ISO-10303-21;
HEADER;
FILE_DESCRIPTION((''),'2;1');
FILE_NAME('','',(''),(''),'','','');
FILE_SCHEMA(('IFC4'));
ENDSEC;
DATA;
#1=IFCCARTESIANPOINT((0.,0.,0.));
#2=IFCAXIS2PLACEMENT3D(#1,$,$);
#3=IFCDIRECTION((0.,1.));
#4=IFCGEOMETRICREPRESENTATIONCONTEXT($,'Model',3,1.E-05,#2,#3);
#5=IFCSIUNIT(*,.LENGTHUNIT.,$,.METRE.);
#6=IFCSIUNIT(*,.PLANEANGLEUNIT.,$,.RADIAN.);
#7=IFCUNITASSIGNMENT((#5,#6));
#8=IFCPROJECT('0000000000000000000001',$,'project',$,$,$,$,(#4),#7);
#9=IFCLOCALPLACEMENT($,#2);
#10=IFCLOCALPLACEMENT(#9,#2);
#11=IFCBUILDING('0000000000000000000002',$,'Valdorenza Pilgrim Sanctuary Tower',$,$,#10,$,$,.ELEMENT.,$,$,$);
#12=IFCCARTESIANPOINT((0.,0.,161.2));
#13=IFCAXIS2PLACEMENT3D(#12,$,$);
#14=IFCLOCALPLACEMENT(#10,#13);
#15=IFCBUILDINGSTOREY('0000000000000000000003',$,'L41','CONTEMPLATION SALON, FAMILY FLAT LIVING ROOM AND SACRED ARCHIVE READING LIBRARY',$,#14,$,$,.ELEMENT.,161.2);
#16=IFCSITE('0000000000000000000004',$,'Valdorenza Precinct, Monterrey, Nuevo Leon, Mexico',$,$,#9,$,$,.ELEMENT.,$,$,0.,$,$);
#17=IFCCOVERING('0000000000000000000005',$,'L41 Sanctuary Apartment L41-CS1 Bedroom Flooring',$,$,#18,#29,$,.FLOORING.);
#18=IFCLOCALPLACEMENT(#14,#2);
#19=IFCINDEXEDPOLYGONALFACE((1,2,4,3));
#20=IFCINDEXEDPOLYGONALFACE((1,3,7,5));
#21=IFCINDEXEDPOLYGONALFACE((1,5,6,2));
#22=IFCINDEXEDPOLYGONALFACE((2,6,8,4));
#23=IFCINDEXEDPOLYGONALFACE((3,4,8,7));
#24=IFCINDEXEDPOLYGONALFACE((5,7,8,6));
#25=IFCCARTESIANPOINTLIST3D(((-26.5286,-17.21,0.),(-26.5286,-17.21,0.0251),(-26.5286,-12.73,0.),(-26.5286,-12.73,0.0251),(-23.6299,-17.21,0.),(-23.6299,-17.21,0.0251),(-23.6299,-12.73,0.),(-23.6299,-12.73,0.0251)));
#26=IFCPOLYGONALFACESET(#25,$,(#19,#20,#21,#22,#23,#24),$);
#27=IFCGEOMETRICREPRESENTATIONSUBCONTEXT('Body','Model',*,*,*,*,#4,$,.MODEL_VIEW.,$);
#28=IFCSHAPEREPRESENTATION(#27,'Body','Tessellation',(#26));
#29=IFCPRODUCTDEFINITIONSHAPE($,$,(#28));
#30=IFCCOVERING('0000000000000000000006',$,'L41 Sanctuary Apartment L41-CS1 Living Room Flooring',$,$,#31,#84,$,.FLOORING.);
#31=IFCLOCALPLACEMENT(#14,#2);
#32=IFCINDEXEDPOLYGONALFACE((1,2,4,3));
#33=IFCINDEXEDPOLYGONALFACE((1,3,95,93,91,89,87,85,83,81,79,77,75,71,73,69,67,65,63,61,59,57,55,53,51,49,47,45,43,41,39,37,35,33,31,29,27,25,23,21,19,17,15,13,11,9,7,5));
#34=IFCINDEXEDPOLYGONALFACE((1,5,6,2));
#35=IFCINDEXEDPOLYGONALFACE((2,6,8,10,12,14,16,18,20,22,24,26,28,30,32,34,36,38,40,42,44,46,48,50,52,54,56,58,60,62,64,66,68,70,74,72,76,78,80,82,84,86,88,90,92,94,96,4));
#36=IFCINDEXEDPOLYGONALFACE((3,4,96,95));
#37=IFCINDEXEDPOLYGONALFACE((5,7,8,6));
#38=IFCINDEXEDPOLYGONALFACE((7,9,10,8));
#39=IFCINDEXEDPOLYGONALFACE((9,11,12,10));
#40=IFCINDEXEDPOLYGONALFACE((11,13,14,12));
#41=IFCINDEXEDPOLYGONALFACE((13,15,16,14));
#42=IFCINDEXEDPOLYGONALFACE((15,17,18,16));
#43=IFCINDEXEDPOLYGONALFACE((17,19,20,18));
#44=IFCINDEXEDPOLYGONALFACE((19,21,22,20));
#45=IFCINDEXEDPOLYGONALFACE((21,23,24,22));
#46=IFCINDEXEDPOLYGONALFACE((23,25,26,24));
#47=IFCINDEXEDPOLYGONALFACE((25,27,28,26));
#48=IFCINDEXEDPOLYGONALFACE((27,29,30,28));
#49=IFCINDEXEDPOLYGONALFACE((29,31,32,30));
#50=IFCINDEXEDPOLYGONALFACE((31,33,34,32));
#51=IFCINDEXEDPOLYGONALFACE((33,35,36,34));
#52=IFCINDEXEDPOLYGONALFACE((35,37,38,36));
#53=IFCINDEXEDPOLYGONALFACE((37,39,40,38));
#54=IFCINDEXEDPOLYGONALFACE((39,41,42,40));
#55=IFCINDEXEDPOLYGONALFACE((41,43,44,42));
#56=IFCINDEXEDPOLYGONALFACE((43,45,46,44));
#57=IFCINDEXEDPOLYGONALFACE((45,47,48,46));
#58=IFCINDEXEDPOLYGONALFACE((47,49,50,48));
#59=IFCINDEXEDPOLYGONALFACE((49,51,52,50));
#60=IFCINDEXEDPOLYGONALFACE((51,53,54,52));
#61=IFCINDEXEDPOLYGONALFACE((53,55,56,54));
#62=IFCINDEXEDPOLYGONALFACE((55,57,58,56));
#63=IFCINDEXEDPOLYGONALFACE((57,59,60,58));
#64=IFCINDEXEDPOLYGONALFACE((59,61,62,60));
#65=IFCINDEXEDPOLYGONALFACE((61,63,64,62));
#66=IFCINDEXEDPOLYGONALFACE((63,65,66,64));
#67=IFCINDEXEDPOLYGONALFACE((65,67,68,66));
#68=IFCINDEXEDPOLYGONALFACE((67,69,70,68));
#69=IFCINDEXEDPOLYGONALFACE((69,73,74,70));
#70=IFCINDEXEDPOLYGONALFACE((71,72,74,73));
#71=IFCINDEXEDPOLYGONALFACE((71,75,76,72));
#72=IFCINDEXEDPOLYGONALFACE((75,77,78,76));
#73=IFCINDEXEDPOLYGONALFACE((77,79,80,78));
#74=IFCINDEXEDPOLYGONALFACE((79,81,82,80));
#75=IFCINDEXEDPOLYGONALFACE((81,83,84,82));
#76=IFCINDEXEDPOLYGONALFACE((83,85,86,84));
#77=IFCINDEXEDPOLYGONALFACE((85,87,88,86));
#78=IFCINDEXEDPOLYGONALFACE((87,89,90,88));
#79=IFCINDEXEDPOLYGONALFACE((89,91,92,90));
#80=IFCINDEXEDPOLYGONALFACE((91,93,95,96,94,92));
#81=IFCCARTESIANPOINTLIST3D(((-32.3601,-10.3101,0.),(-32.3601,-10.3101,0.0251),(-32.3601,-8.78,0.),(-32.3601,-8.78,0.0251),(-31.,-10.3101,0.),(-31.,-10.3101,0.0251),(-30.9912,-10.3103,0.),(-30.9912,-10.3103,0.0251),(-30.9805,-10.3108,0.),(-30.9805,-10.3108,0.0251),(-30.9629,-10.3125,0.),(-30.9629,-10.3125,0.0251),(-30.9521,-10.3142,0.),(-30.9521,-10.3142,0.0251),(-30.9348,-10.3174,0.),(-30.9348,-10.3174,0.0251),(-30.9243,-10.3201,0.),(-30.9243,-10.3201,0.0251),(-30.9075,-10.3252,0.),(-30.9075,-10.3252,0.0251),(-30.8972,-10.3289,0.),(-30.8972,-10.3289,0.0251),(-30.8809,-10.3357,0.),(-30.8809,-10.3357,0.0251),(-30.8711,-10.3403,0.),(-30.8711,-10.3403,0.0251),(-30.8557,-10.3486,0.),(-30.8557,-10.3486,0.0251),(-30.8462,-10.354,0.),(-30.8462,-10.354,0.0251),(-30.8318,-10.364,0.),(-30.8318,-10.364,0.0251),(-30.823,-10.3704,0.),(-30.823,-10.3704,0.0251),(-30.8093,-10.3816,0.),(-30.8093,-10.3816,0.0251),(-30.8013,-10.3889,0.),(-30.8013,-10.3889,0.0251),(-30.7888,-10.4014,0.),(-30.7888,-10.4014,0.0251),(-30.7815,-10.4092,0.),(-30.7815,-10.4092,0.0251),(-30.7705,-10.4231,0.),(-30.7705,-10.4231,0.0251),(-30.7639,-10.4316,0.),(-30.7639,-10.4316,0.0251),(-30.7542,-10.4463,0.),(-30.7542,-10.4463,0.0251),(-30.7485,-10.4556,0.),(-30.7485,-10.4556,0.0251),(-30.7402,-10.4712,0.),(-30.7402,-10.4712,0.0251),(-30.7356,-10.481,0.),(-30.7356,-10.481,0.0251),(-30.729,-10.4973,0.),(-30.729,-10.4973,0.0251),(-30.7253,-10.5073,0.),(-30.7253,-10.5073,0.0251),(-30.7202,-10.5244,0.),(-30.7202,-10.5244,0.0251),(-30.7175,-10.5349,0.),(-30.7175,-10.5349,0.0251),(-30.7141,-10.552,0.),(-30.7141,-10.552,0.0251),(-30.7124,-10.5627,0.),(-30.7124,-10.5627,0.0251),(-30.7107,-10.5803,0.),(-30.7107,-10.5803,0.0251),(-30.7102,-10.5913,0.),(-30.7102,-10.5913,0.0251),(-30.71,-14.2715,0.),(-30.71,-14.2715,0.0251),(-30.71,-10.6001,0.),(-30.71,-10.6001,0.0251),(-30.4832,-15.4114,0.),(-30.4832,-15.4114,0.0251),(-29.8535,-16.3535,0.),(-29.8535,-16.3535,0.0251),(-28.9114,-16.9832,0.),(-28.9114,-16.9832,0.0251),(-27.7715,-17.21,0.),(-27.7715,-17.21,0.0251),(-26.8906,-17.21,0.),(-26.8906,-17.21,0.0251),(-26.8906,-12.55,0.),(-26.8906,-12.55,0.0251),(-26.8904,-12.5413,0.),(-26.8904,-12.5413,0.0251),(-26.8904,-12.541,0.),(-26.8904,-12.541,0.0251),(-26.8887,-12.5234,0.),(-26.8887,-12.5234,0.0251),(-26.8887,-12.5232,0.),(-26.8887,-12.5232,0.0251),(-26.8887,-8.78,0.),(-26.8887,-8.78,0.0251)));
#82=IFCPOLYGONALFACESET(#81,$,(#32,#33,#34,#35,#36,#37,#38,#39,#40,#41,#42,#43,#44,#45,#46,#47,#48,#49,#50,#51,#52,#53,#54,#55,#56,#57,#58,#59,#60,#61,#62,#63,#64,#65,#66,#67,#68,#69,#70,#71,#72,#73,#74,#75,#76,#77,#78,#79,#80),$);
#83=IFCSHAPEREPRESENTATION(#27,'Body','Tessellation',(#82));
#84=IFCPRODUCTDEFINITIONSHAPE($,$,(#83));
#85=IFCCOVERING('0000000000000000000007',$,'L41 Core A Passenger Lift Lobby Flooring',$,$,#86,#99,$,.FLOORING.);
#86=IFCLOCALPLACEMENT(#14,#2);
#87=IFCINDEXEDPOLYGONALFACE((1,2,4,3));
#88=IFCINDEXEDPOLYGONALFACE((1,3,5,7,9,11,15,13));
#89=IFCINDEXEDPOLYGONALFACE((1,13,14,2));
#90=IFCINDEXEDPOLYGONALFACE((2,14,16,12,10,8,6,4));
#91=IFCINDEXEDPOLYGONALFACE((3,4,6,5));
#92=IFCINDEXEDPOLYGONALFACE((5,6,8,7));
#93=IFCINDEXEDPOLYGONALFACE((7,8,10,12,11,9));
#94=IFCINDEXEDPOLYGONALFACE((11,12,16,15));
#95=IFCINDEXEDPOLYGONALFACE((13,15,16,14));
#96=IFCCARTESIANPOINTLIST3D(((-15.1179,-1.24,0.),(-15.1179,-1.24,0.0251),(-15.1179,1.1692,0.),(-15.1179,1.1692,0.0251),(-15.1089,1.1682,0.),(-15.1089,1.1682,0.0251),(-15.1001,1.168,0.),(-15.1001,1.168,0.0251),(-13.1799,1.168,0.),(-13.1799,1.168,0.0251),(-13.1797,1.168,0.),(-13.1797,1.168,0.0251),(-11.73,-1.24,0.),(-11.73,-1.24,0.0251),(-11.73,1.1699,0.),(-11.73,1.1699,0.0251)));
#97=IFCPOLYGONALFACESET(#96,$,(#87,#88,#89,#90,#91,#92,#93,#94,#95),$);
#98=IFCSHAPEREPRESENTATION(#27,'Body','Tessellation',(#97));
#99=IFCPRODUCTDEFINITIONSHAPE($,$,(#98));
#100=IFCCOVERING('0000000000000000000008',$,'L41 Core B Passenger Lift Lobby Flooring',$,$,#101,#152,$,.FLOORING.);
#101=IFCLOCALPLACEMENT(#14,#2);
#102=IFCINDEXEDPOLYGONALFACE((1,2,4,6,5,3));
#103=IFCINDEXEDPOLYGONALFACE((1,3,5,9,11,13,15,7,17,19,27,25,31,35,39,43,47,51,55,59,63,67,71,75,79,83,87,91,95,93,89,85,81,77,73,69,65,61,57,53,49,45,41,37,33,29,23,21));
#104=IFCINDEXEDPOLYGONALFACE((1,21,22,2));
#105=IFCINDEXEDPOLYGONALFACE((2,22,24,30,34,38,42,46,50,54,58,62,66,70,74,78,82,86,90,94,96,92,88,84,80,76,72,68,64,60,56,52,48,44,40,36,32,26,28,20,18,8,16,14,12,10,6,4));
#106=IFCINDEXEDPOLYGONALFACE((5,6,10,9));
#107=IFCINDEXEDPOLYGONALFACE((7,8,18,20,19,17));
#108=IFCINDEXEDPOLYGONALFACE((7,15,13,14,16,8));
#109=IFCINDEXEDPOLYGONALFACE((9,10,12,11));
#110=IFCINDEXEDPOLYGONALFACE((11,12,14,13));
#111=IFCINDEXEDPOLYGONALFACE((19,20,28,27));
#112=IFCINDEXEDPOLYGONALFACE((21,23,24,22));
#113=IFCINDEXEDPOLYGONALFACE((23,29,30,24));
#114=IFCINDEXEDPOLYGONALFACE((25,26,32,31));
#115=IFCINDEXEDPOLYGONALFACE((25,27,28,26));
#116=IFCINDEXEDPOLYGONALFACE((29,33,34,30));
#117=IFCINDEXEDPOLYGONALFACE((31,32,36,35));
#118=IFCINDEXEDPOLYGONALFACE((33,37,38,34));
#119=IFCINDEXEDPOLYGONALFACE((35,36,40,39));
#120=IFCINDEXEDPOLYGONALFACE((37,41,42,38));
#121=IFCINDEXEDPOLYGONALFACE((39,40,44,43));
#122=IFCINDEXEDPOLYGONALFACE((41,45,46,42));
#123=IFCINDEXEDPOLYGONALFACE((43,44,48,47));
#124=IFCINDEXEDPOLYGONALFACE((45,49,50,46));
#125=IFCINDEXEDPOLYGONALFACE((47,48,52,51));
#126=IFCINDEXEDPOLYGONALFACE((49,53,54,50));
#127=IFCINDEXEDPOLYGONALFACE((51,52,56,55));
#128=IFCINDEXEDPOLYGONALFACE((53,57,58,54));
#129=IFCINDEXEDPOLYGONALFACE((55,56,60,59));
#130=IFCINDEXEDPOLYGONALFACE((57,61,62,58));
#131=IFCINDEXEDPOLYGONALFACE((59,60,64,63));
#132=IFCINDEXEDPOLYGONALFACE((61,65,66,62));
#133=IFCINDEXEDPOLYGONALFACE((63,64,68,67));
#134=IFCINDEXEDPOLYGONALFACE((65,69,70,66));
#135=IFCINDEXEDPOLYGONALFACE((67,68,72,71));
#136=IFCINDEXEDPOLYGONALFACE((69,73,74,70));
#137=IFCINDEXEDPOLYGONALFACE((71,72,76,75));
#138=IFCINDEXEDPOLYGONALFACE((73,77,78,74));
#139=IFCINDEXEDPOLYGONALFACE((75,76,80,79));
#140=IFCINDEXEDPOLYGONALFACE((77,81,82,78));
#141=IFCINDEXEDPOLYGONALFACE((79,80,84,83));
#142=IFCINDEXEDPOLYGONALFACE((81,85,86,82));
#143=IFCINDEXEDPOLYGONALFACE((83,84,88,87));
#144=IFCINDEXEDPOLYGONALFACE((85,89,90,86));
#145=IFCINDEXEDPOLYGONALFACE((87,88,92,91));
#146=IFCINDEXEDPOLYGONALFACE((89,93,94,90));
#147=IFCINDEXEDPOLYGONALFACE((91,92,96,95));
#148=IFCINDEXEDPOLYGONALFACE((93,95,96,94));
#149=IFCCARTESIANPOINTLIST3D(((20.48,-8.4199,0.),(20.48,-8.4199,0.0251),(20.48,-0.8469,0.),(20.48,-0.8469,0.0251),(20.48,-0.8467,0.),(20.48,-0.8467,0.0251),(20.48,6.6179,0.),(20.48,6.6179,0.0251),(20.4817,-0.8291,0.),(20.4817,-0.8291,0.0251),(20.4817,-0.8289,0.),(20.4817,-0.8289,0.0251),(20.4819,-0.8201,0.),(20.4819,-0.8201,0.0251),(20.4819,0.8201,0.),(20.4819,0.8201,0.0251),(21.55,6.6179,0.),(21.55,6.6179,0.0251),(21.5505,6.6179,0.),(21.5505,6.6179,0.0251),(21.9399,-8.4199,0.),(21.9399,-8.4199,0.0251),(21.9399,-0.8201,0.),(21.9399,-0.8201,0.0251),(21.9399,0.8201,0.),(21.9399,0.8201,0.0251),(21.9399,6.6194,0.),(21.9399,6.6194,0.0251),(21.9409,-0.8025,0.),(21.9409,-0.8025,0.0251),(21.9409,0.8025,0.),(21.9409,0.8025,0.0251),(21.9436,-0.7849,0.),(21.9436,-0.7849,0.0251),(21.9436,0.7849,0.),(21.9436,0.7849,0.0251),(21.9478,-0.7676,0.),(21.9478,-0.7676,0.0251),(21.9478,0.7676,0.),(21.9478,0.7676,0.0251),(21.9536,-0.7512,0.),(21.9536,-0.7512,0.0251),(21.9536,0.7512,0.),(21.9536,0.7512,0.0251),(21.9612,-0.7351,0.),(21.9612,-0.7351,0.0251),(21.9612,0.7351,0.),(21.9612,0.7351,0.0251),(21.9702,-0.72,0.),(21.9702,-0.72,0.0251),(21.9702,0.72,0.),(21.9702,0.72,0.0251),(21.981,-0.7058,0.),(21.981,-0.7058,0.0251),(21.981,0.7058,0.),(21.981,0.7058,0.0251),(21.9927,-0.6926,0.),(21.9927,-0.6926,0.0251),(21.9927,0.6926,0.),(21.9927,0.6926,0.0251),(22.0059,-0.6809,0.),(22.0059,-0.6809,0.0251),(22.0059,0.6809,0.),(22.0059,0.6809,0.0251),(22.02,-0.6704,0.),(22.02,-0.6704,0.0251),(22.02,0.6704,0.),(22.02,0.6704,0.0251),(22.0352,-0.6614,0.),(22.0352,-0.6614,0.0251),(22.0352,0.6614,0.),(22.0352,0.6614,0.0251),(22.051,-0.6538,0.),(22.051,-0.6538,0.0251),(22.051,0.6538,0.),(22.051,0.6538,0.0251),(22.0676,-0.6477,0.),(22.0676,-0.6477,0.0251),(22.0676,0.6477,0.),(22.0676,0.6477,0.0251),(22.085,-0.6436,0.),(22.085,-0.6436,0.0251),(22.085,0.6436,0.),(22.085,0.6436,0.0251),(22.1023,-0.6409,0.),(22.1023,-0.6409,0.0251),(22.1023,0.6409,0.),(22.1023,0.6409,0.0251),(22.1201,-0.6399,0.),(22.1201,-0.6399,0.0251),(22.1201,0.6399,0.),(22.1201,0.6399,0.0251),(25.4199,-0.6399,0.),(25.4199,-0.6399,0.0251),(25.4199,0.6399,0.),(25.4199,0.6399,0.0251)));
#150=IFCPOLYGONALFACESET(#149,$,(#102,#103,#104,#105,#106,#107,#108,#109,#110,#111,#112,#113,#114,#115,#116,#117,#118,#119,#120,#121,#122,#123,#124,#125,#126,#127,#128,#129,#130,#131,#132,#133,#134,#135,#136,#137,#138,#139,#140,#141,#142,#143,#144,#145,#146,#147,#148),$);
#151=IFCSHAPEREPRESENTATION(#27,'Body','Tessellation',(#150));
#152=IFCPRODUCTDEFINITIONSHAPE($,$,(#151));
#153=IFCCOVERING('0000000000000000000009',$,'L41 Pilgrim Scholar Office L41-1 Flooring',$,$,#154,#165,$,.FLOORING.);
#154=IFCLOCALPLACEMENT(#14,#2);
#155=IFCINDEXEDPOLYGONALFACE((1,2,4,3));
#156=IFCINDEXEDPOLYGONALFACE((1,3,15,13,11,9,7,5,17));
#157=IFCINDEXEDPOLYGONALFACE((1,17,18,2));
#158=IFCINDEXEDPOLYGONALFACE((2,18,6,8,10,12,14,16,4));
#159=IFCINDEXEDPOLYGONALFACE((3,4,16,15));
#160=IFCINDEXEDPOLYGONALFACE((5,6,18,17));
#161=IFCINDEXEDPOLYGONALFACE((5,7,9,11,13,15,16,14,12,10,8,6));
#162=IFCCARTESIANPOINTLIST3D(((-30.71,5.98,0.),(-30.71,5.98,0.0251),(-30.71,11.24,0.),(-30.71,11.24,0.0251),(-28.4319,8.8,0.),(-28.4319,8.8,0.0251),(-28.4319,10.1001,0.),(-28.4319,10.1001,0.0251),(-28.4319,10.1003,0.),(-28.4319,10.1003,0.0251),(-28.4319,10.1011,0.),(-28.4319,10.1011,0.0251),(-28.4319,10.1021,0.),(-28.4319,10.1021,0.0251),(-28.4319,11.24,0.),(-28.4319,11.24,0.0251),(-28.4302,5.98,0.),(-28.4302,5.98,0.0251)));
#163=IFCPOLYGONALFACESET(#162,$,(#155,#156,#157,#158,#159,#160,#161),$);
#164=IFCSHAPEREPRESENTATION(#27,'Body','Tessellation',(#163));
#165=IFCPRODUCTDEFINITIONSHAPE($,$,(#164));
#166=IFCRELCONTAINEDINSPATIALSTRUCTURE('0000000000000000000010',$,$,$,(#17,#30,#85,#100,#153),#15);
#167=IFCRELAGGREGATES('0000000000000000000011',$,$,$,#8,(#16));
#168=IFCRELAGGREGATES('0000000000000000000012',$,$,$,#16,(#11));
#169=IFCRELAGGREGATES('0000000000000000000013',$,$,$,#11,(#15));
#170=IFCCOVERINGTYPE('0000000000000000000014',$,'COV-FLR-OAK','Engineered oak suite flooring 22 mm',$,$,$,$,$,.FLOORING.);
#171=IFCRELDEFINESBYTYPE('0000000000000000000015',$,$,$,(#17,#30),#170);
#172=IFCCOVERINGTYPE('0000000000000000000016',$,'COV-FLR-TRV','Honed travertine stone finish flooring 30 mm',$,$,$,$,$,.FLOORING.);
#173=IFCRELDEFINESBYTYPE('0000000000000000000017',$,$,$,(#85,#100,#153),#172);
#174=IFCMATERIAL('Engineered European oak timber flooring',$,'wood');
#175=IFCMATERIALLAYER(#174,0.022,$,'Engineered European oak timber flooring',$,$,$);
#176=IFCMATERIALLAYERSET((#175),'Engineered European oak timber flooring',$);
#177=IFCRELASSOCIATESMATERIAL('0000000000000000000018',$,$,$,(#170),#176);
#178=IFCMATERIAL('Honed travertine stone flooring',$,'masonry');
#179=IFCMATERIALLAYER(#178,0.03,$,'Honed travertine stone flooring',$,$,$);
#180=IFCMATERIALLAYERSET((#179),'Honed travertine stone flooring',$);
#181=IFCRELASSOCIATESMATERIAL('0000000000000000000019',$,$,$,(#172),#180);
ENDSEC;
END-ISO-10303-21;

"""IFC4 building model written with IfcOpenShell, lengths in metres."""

from ifc_helpers import new_model, si_unit, direction, frame, origin, place, context, subcontext, project, spatial, polyline, outline, extrude, material, layer, layer_set, type_object, element, save


model = new_model("IFC4")

# Units and contexts
model_context = context("Model", 3, precision=1e-05, world=origin(), true_north=direction((0.0, 1.0)))
body_context = subcontext(model_context, "Body", "Model", "MODEL_VIEW")
ifc_project = project(units=[si_unit("LENGTHUNIT", "METRE"), si_unit("PLANEANGLEUNIT", "RADIAN")], contexts=[model_context])

# Site, building, storey
site_placement = place(None, origin())
site = spatial("IfcSite", under=ifc_project, at=site_placement, Name="Valdorenza Precinct, Monterrey, Nuevo Leon, Mexico", CompositionType="ELEMENT", RefElevation=0.0)
building_placement = place(site_placement, origin())
building = spatial("IfcBuilding", under=site, at=building_placement, Name="Valdorenza Pilgrim Sanctuary Tower", CompositionType="ELEMENT")
storey_placement = place(building_placement, frame((0.0, 0.0, 161.2)))
storey = spatial("IfcBuildingStorey", under=building, at=storey_placement, Name="L41", Description="CONTEMPLATION SALON, FAMILY FLAT LIVING ROOM AND SACRED ARCHIVE READING LIBRARY", CompositionType="ELEMENT", Elevation=161.2)

# Coverings
ifc_material_1 = material(Name="Engineered European oak timber flooring", Category="wood")
ifc_layer_1 = layer(ifc_material_1, 0.022, Name="Engineered European oak timber flooring")
ifc_layer_set_1 = layer_set([ifc_layer_1], Name="Engineered European oak timber flooring")
covering_type_1 = type_object("IfcCoveringType", Name="COV-FLR-OAK", Description="Engineered oak suite flooring 22 mm", PredefinedType="FLOORING", material=ifc_layer_set_1)
covering_1_placement = place(storey_placement, origin())
element("IfcCovering", 1, at=covering_1_placement, inside=storey, type_object=covering_type_1, Name="L41 Sanctuary Apartment L41-CS1 Bedroom Flooring", PredefinedType="FLOORING", context=body_context, shape_type="SweptSolid", body=[
    extrude(outline(polyline([(-26.5286, -12.73), (-23.6299, -12.73), (-23.6299, -17.21), (-26.5286, -17.21), (-26.5286, -12.73)])), origin(), (0.0, 0.0, 1.0), 0.0251),
])
covering_2_placement = place(storey_placement, origin())
element("IfcCovering", 2, at=covering_2_placement, inside=storey, type_object=covering_type_1, Name="L41 Sanctuary Apartment L41-CS1 Living Room Flooring", PredefinedType="FLOORING", context=body_context, shape_type="SweptSolid", body=[
    extrude(outline(polyline([(-28.9114, -16.9832), (-29.8535, -16.3535), (-30.4832, -15.4114), (-30.71, -14.2715), (-30.71, -10.6001), (-30.7102, -10.5913), (-30.7107, -10.5803), (-30.7124, -10.5627), (-30.7141, -10.552), (-30.7175, -10.5349), (-30.7202, -10.5244), (-30.7253, -10.5073), (-30.729, -10.4973), (-30.7356, -10.481), (-30.7402, -10.4712), (-30.7485, -10.4556), (-30.7542, -10.4463), (-30.7639, -10.4316), (-30.7705, -10.4231), (-30.7815, -10.4092), (-30.7888, -10.4014), (-30.8013, -10.3889), (-30.8093, -10.3816), (-30.823, -10.3704), (-30.8318, -10.364), (-30.8462, -10.354), (-30.8557, -10.3486), (-30.8711, -10.3403), (-30.8809, -10.3357), (-30.8972, -10.3289), (-30.9075, -10.3252), (-30.9243, -10.3201), (-30.9348, -10.3174), (-30.9521, -10.3142), (-30.9629, -10.3125), (-30.9805, -10.3108), (-30.9912, -10.3103), (-31.0, -10.3101), (-32.3601, -10.3101), (-32.3601, -8.78), (-26.8887, -8.78), (-26.8887, -12.5232), (-26.8887, -12.5232), (-26.8887, -12.5234), (-26.8904, -12.541), (-26.8904, -12.5413), (-26.8906, -12.55), (-26.8906, -17.21), (-27.7715, -17.21), (-28.9114, -16.9832)])), origin(), (0.0, 0.0, 1.0), 0.0251),
])
ifc_material_2 = material(Name="Honed travertine stone flooring", Category="masonry")
ifc_layer_2 = layer(ifc_material_2, 0.03, Name="Honed travertine stone flooring")
ifc_layer_set_2 = layer_set([ifc_layer_2], Name="Honed travertine stone flooring")
covering_type_2 = type_object("IfcCoveringType", Name="COV-FLR-TRV", Description="Honed travertine stone finish flooring 30 mm", PredefinedType="FLOORING", material=ifc_layer_set_2)
covering_3_placement = place(storey_placement, origin())
element("IfcCovering", 3, at=covering_3_placement, inside=storey, type_object=covering_type_2, Name="L41 Core A Passenger Lift Lobby Flooring", PredefinedType="FLOORING", context=body_context, shape_type="SweptSolid", body=[
    extrude(outline(polyline([(-15.1179, 1.1692), (-15.1089, 1.1682), (-15.1089, 1.1682), (-15.1001, 1.168), (-13.1799, 1.168), (-13.1797, 1.168), (-11.73, 1.1699), (-11.73, -1.24), (-15.1179, -1.24), (-15.1179, 1.1692)])), origin(), (0.0, 0.0, 1.0), 0.0251),
])
covering_4_placement = place(storey_placement, origin())
element("IfcCovering", 4, at=covering_4_placement, inside=storey, type_object=covering_type_2, Name="L41 Core B Passenger Lift Lobby Flooring", PredefinedType="FLOORING", context=body_context, shape_type="SweptSolid", body=[
    extrude(outline(polyline([(20.48, 6.6179), (21.55, 6.6179), (21.5505, 6.6179), (21.9399, 6.6194), (21.9399, 0.8201), (21.9409, 0.8025), (21.9436, 0.7849), (21.9478, 0.7676), (21.9536, 0.7512), (21.9612, 0.7351), (21.9702, 0.72), (21.981, 0.7058), (21.9927, 0.6926), (22.0059, 0.6809), (22.02, 0.6704), (22.0352, 0.6614), (22.051, 0.6538), (22.0676, 0.6477), (22.085, 0.6436), (22.1023, 0.6409), (22.1201, 0.6399), (25.4199, 0.6399), (25.4199, -0.6399), (22.1201, -0.6399), (22.1023, -0.6409), (22.085, -0.6436), (22.0676, -0.6477), (22.051, -0.6538), (22.0352, -0.6614), (22.02, -0.6704), (22.0059, -0.6809), (21.9927, -0.6926), (21.981, -0.7058), (21.9702, -0.72), (21.9612, -0.7351), (21.9536, -0.7512), (21.9478, -0.7676), (21.9436, -0.7849), (21.9409, -0.8025), (21.9399, -0.8201), (21.9399, -8.4199), (20.48, -8.4199), (20.48, -0.8469), (20.48, -0.8467), (20.48, -0.8467), (20.4817, -0.8291), (20.4817, -0.8289), (20.4819, -0.8201), (20.4819, 0.8201), (20.48, 6.6179)])), origin(), (0.0, 0.0, 1.0), 0.0251),
])
covering_5_placement = place(storey_placement, origin())
element("IfcCovering", 5, at=covering_5_placement, inside=storey, type_object=covering_type_2, Name="L41 Pilgrim Scholar Office L41-1 Flooring", PredefinedType="FLOORING", context=body_context, shape_type="SweptSolid", body=[
    extrude(outline(polyline([(-28.4319, 11.24), (-28.4319, 10.1021), (-28.4319, 10.1011), (-28.4319, 10.1003), (-28.4319, 10.1001), (-28.4319, 8.8), (-28.4302, 5.98), (-30.71, 5.98), (-30.71, 11.24), (-28.4319, 11.24)])), origin(), (0.0, 0.0, 1.0), 0.0251),
])

save(model, "model.ifc")
